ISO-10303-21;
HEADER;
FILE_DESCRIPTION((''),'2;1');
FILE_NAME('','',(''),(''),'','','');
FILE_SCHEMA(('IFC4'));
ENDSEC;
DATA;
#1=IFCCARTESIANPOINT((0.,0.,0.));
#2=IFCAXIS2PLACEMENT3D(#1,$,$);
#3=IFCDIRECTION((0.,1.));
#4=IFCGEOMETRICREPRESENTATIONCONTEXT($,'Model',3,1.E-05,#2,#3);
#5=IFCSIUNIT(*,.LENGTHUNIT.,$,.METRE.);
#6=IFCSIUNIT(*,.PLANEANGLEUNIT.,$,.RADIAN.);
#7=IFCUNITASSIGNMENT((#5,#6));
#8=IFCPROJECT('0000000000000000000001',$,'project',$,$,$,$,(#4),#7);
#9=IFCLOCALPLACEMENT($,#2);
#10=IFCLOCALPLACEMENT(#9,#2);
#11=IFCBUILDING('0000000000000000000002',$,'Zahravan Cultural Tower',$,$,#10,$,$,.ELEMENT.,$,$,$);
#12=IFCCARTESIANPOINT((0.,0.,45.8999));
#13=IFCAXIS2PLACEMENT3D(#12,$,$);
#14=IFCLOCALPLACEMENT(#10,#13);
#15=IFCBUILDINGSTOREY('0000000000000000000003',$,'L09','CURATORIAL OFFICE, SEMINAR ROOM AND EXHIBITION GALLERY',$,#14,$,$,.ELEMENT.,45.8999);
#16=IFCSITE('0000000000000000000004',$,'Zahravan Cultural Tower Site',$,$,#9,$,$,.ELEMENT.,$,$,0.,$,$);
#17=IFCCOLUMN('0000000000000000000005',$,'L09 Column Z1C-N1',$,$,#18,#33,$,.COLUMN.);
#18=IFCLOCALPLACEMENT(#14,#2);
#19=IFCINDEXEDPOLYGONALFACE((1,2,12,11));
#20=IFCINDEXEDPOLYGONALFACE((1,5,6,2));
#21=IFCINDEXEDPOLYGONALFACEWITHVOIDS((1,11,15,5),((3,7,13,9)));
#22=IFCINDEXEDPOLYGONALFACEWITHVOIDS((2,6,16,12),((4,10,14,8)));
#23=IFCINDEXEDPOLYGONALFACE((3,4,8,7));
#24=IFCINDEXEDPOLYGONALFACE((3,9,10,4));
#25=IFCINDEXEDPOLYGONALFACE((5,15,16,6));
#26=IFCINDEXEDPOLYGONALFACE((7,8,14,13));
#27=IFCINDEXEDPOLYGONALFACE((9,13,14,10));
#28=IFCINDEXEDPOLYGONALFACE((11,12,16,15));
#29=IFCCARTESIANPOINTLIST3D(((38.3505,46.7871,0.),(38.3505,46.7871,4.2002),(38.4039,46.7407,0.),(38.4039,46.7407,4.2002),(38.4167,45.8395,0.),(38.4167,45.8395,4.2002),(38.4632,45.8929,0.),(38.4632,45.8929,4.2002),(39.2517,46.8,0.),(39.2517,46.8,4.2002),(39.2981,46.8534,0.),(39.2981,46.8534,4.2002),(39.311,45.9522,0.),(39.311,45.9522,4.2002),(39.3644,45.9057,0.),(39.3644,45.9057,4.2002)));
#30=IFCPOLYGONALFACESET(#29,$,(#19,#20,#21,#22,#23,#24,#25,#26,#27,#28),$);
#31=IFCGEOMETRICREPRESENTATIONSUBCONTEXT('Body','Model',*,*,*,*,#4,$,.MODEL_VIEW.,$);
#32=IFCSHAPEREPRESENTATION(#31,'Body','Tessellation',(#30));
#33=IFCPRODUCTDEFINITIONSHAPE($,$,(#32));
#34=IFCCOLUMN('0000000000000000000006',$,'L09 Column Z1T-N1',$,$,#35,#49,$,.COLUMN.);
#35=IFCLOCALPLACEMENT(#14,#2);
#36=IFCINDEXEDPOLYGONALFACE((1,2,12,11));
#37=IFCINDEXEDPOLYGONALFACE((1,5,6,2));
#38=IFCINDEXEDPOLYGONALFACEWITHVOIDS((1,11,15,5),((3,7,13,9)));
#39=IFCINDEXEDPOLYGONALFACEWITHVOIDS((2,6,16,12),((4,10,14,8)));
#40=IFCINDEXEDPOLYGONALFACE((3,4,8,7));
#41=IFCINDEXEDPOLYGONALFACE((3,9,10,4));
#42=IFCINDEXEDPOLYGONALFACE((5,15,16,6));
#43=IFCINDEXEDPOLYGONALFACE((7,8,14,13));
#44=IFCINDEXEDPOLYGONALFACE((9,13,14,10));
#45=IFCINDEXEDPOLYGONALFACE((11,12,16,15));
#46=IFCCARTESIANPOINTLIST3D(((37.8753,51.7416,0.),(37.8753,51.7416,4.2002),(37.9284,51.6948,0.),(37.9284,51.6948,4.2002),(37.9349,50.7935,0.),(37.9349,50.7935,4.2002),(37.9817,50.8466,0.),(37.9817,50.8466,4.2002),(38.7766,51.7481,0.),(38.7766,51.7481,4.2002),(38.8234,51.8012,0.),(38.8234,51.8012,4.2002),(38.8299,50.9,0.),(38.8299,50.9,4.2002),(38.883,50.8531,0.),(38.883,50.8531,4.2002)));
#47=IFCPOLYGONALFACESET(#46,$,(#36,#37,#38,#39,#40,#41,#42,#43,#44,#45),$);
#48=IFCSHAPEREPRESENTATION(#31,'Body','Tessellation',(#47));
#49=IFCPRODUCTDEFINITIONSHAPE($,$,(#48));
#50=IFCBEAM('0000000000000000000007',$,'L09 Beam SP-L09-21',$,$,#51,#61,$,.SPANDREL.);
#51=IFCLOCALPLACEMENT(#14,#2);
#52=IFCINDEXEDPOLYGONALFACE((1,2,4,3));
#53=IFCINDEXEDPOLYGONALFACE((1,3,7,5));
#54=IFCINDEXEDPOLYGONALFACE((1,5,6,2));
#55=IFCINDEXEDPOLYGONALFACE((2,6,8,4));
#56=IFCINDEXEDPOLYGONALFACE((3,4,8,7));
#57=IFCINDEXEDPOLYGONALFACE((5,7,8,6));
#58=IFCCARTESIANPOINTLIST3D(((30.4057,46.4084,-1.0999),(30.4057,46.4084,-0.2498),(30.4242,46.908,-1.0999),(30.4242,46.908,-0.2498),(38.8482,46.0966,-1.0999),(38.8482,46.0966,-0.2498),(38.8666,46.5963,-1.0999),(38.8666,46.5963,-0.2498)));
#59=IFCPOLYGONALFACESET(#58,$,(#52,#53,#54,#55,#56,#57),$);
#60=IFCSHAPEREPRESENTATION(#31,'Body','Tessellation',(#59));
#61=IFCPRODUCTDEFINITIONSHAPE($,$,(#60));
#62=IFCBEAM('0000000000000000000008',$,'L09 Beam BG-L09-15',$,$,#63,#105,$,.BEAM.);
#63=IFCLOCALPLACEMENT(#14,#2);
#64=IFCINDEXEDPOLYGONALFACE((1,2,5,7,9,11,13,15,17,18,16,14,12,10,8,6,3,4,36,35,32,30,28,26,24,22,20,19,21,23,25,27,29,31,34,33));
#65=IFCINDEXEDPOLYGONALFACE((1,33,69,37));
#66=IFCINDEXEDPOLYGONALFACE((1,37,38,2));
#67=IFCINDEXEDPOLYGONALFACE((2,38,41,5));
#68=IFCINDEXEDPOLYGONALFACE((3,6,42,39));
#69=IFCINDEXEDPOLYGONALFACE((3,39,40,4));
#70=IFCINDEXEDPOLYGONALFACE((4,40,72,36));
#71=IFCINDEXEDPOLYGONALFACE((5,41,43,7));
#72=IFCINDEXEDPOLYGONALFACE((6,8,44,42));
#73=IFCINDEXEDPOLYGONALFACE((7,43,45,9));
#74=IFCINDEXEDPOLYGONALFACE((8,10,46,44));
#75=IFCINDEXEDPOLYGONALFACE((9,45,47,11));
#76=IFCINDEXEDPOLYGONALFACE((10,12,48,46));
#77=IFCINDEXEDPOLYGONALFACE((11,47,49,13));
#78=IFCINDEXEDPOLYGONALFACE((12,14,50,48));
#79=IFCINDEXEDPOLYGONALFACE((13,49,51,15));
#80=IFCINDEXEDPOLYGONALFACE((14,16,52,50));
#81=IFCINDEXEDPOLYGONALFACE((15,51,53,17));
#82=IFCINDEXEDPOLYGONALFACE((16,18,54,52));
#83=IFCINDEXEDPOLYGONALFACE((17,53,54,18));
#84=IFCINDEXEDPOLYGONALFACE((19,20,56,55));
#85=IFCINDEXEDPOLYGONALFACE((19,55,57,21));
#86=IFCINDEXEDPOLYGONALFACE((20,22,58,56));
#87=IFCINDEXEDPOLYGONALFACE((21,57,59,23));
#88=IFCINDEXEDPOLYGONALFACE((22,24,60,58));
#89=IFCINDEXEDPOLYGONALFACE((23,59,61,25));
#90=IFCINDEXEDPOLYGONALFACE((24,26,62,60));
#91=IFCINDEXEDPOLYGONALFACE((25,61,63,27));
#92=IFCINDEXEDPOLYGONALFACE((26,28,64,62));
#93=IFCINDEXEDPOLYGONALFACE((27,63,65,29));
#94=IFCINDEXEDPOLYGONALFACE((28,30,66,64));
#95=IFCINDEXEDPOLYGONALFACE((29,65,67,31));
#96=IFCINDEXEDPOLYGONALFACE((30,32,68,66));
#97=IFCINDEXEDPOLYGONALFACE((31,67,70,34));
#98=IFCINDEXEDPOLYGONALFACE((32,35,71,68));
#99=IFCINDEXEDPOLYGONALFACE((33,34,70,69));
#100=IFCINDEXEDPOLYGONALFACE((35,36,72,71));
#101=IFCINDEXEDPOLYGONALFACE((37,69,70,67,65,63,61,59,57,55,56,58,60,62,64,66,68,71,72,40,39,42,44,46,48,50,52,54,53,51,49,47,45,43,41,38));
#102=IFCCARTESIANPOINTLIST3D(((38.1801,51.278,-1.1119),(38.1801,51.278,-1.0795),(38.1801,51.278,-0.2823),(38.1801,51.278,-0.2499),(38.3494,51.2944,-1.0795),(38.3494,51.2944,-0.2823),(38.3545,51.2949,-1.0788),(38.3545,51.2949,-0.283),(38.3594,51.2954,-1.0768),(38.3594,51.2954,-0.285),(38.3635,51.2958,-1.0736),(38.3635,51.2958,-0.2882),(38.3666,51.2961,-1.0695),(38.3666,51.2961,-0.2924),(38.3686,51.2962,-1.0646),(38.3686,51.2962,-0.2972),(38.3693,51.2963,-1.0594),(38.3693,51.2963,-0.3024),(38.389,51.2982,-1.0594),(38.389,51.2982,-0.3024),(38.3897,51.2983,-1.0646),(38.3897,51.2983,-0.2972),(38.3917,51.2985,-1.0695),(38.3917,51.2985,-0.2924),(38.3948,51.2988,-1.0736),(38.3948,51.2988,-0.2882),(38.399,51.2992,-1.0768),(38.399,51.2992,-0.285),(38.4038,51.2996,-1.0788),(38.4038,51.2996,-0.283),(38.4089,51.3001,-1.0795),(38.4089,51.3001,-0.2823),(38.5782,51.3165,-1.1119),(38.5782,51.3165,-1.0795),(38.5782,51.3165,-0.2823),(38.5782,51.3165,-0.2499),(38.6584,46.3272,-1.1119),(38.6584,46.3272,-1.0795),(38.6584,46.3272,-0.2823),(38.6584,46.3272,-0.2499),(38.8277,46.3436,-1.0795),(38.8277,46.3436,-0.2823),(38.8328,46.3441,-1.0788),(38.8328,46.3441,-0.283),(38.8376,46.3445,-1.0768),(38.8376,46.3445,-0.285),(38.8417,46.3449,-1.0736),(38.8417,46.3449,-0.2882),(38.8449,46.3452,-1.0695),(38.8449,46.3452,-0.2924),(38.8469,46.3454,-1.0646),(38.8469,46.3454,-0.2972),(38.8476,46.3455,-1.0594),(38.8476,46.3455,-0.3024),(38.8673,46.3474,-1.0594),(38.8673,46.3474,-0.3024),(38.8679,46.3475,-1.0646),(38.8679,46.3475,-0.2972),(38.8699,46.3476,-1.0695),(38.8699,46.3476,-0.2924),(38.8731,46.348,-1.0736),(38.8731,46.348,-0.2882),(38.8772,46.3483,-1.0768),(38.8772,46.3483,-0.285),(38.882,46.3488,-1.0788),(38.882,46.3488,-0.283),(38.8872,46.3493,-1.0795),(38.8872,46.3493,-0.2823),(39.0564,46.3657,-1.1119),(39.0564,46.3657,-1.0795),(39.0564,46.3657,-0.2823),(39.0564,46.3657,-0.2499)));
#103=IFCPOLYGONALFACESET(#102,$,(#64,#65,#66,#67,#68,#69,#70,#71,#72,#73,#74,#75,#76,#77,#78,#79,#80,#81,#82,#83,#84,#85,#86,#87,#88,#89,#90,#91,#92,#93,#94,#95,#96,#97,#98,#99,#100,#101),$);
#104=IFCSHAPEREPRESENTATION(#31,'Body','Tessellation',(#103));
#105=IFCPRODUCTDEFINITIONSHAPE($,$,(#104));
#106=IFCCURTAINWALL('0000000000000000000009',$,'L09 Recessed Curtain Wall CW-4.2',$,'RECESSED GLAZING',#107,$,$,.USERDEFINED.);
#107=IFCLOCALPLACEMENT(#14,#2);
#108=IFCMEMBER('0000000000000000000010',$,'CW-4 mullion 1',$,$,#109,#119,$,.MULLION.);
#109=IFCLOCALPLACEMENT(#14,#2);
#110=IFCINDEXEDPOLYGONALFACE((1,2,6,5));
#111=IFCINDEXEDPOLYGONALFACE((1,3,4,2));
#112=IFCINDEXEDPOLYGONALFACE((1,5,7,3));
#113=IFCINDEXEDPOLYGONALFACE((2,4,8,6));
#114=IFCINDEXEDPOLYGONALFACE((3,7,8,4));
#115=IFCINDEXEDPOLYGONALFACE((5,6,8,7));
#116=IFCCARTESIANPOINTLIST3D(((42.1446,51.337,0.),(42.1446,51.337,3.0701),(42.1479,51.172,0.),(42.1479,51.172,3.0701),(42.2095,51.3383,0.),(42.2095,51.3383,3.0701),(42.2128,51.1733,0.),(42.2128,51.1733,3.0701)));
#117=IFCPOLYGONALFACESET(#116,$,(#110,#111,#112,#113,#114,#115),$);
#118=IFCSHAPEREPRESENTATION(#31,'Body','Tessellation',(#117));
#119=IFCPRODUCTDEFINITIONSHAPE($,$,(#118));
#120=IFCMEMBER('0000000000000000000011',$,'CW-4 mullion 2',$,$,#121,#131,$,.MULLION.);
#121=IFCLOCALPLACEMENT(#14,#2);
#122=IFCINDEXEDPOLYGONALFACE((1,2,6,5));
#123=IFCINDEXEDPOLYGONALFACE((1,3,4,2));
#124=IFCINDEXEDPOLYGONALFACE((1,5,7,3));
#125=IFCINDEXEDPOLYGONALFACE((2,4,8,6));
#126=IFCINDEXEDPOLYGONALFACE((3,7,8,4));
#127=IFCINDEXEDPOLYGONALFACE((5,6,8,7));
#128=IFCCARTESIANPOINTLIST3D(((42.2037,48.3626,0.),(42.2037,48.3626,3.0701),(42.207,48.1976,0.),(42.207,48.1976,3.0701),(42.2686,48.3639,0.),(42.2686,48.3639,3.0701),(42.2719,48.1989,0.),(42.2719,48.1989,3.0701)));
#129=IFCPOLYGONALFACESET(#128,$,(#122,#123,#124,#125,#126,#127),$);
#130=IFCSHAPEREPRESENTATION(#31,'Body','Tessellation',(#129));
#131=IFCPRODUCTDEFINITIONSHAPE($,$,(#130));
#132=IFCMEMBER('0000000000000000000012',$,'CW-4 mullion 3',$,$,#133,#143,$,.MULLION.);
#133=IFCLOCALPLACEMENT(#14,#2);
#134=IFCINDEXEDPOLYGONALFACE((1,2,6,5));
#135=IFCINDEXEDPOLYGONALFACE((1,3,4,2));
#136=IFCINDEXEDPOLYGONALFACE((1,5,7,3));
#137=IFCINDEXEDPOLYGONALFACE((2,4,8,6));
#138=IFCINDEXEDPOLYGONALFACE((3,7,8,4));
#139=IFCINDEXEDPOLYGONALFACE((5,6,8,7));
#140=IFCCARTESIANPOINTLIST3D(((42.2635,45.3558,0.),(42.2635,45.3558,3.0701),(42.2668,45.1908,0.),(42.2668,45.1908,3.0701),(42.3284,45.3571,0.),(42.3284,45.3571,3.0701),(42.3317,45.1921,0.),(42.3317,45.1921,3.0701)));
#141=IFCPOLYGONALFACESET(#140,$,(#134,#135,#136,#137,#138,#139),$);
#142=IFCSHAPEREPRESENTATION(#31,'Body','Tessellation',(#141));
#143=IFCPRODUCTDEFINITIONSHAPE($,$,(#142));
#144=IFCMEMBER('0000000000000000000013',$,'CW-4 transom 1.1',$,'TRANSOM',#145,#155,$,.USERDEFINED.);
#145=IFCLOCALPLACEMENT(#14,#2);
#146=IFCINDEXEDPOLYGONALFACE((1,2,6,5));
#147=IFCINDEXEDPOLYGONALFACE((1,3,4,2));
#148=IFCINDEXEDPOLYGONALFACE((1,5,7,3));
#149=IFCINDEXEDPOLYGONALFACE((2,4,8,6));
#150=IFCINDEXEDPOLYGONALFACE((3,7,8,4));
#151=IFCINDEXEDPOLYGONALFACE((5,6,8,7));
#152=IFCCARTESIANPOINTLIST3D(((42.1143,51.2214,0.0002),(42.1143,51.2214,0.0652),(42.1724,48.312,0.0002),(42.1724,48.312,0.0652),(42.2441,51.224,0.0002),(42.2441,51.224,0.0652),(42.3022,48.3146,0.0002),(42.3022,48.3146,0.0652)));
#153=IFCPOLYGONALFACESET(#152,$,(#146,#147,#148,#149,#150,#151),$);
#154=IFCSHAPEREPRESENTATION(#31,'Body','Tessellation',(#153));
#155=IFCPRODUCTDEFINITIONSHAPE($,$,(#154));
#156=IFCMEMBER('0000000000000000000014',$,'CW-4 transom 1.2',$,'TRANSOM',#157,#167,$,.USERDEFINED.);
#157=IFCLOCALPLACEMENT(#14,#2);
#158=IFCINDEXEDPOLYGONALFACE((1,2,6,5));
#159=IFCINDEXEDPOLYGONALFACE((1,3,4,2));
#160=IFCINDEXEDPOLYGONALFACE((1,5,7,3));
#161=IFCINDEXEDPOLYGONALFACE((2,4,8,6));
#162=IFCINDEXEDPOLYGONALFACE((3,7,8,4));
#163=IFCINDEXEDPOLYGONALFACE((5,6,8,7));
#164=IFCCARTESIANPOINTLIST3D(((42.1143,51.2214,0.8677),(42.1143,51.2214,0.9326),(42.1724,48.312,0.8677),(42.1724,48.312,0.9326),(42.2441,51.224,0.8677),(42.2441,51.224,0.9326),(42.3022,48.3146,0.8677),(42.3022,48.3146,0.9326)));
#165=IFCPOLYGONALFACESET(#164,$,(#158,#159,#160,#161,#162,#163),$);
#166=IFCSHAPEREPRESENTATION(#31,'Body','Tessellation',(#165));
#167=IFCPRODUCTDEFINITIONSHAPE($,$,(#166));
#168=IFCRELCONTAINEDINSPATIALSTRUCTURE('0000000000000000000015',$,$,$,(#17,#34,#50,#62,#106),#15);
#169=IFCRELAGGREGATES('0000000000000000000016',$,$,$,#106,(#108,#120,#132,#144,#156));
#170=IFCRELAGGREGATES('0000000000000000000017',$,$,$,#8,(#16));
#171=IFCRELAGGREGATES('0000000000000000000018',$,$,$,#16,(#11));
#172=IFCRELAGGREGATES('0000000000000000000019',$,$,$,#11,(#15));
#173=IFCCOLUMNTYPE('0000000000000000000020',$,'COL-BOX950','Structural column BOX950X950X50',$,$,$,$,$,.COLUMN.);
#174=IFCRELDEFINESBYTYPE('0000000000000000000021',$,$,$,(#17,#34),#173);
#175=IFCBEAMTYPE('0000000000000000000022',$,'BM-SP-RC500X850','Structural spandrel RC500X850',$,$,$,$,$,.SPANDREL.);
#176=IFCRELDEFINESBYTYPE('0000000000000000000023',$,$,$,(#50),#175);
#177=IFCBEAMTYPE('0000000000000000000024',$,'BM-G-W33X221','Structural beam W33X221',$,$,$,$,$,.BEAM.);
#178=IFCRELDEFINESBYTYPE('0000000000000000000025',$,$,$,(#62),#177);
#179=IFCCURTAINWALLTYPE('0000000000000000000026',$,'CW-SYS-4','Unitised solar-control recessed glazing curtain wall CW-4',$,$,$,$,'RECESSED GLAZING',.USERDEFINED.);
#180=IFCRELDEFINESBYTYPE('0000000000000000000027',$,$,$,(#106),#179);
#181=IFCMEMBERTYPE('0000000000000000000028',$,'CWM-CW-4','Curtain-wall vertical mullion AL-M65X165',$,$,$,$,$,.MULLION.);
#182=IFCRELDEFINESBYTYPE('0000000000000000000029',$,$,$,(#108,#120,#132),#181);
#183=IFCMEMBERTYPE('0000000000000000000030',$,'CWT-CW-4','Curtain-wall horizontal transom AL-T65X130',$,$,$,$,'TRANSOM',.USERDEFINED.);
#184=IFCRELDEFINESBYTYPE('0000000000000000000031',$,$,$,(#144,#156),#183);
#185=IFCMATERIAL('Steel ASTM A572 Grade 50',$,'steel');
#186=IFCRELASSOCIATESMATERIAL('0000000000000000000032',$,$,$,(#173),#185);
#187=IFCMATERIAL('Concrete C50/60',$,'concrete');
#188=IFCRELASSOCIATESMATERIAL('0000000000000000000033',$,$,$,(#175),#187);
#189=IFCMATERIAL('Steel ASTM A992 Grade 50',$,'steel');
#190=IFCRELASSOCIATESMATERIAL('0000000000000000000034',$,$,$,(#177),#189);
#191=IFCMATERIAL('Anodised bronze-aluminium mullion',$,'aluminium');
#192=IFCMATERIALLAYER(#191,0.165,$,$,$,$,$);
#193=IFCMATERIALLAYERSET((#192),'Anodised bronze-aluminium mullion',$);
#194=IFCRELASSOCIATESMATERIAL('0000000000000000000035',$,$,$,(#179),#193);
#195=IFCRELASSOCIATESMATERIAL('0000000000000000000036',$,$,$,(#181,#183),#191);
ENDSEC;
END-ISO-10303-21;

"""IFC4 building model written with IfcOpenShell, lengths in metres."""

from ifc_helpers import new_model, si_unit, direction, frame, origin, origin_2d, place, context, subcontext, project, spatial, rectangle, hollow_rectangle, i_section, extrude, source, transform, mapped, material, layer, layer_set, material_profile, profile_set, type_object, element, aggregate, save


model = new_model("IFC4")

# Units and contexts
model_context = context("Model", 3, precision=1e-05, world=origin(), true_north=direction((0.0, 1.0)))
body_context = subcontext(model_context, "Body", "Model", "MODEL_VIEW")
ifc_project = project(units=[si_unit("LENGTHUNIT", "METRE"), si_unit("PLANEANGLEUNIT", "RADIAN")], contexts=[model_context])

# Site, building, storey
site_placement = place(None, origin())
site = spatial("IfcSite", under=ifc_project, at=site_placement, Name="Zahravan Cultural Tower Site", CompositionType="ELEMENT", RefElevation=0.0)
building_placement = place(site_placement, origin())
building = spatial("IfcBuilding", under=site, at=building_placement, Name="Zahravan Cultural Tower", CompositionType="ELEMENT")
storey_placement = place(building_placement, frame((0.0, 0.0, 45.8999)))
storey = spatial("IfcBuildingStorey", under=building, at=storey_placement, Name="L09", Description="CURATORIAL OFFICE, SEMINAR ROOM AND EXHIBITION GALLERY", CompositionType="ELEMENT", Elevation=45.8999)

# Columns
ifc_material_1 = material(Name="Steel ASTM A572 Grade 50", Category="steel")
ifc_material_profile_1 = material_profile(ifc_material_1, hollow_rectangle(XDim=0.95, YDim=0.95, WallThickness=0.05, at=origin_2d()), Name="BOX950X950X50")
ifc_profile_set_1 = profile_set([ifc_material_profile_1], Name="Steel ASTM A572 Grade 50")
column_type = type_object("IfcColumnType", Name="COL-BOX950", Description="Structural column BOX950X950X50", PredefinedType="COLUMN", material=ifc_profile_set_1)
shared_shape_1 = source(origin(), body_context, "Body", "SweptSolid", [
    extrude(hollow_rectangle(XDim=0.95, YDim=0.95, WallThickness=0.05, at=origin_2d()), origin(), (0.0, 0.0, 1.0), 4.2002),
])
for number, where, z_axis, x_axis, name in (
    (1, (38.8574, 46.3464, 0.0), (0.0, 0.0, 1.0), (-0.069756, 0.997564, 0.0), "L09 Column Z1C-N1"),
    (2, (38.3792, 51.2974, 0.0), (0.0, 0.0, 1.0), (-0.062791, 0.998027, 0.0), "L09 Column Z1T-N1"),
):
    element("IfcColumn", number, at=place(storey_placement, frame(where, z_axis=z_axis, x_axis=x_axis)), inside=storey, type_object=column_type, Name=name, PredefinedType="COLUMN", context=body_context, shape_type="MappedRepresentation", body=[
        mapped(shared_shape_1, transform((0.0, 0.0, 0.0), x_axis=(1.0, 0.0, 0.0), y_axis=(0.0, 1.0, 0.0), z_axis=(0.0, 0.0, 1.0), scale=1.0)),
    ])

# Beams
ifc_material_2 = material(Name="Concrete C50/60", Category="concrete")
ifc_material_profile_2 = material_profile(ifc_material_2, rectangle(XDim=0.5, YDim=0.8501, at=origin_2d()), Name="RC500X850")
ifc_profile_set_2 = profile_set([ifc_material_profile_2], Name="Concrete C50/60")
beam_type_1 = type_object("IfcBeamType", Name="BM-SP-RC500X850", Description="Structural spandrel RC500X850", PredefinedType="SPANDREL", material=ifc_profile_set_2)
shared_shape_2 = source(origin(), body_context, "Body", "SweptSolid", [
    extrude(rectangle(XDim=0.5, YDim=0.8501, at=origin_2d()), origin(), (0.0, 0.0, 1.0), 8.4482),
])
beam_1_placement = place(storey_placement, frame((38.8574, 46.3464, -0.6748), z_axis=(-0.999319, 0.036904, 0.0), x_axis=(-0.036904, -0.999319, 0.0)))
element("IfcBeam", 3, at=beam_1_placement, inside=storey, type_object=beam_type_1, Name="L09 Beam SP-L09-21", PredefinedType="SPANDREL", context=body_context, shape_type="MappedRepresentation", body=[
    mapped(shared_shape_2, transform((0.0, 0.0, 0.0), x_axis=(1.0, 0.0, 0.0), y_axis=(0.0, 1.0, 0.0), z_axis=(0.0, 0.0, 1.0), scale=1.0)),
])
ifc_material_3 = material(Name="Steel ASTM A992 Grade 50", Category="steel")
ifc_material_profile_3 = material_profile(ifc_material_3, i_section(OverallWidth=0.3999, OverallDepth=0.8621, WebThickness=0.0198, FlangeThickness=0.0325, FilletRadius=0.02, at=origin_2d()), Name="W33X221")
ifc_profile_set_3 = profile_set([ifc_material_profile_3], Name="Steel ASTM A992 Grade 50")
beam_type_2 = type_object("IfcBeamType", Name="BM-G-W33X221", Description="Structural beam W33X221", PredefinedType="BEAM", material=ifc_profile_set_3)
shared_shape_3 = source(origin(), body_context, "Body", "SweptSolid", [
    extrude(i_section(OverallWidth=0.3999, OverallDepth=0.8621, WebThickness=0.0198, FlangeThickness=0.0325, FilletRadius=0.02, at=origin_2d()), origin(), (0.0, 0.0, 1.0), 4.9739),
])
beam_2_placement = place(storey_placement, frame((38.8574, 46.3464, -0.6809), z_axis=(-0.096155, 0.995366, 0.0), x_axis=(-0.995366, -0.096155, 0.0)))
element("IfcBeam", 4, at=beam_2_placement, inside=storey, type_object=beam_type_2, Name="L09 Beam BG-L09-15", PredefinedType="BEAM", context=body_context, shape_type="MappedRepresentation", body=[
    mapped(shared_shape_3, transform((0.0, 0.0, 0.0), x_axis=(1.0, 0.0, 0.0), y_axis=(0.0, 1.0, 0.0), z_axis=(0.0, 0.0, 1.0), scale=1.0)),
])

# Curtain wall, members
ifc_material_4 = material(Name="Anodised bronze-aluminium mullion", Category="aluminium")
ifc_layer_1 = layer(ifc_material_4, 0.165)
ifc_layer_set_1 = layer_set([ifc_layer_1], Name="Anodised bronze-aluminium mullion")
curtain_wall_type = type_object("IfcCurtainWallType", Name="CW-SYS-4", Description="Unitised solar-control recessed glazing curtain wall CW-4", ElementType="RECESSED GLAZING", PredefinedType="USERDEFINED", material=ifc_layer_set_1)
curtain_wall_placement = place(storey_placement, origin())
curtain_wall = element("IfcCurtainWall", 5, at=curtain_wall_placement, inside=storey, type_object=curtain_wall_type, Name="L09 Recessed Curtain Wall CW-4.2", ObjectType="RECESSED GLAZING", PredefinedType="USERDEFINED")
ifc_material_profile_4 = material_profile(ifc_material_4, rectangle(XDim=0.0649, YDim=0.165, at=origin_2d()), Name="AL-M65X165")
ifc_profile_set_4 = profile_set([ifc_material_profile_4], Name="Anodised bronze-aluminium mullion")
member_type_1 = type_object("IfcMemberType", Name="CWM-CW-4", Description="Curtain-wall vertical mullion AL-M65X165", PredefinedType="MULLION", material=ifc_profile_set_4)
shared_shape_4 = source(origin(), body_context, "Body", "SweptSolid", [
    extrude(rectangle(XDim=0.0649, YDim=0.165, at=origin_2d()), origin(), (0.0, 0.0, 1.0), 3.0701),
])
member_1_placement = place(storey_placement, frame((42.1787, 51.2551, 0.0), z_axis=(0.0, 0.0, 1.0), x_axis=(0.999802, 0.0199, 0.0)))
member_1 = element("IfcMember", 6, at=member_1_placement, type_object=member_type_1, Name="CW-4 mullion 1", PredefinedType="MULLION", context=body_context, shape_type="MappedRepresentation", body=[
    mapped(shared_shape_4, transform((0.0, 0.0, 0.0), x_axis=(1.0, 0.0, 0.0), y_axis=(0.0, 1.0, 0.0), z_axis=(0.0, 0.0, 1.0), scale=1.0)),
])
member_2_placement = place(storey_placement, frame((42.2378, 48.2808, 0.0), z_axis=(0.0, 0.0, 1.0), x_axis=(0.999802, 0.0199, 0.0)))
member_2 = element("IfcMember", 7, at=member_2_placement, type_object=member_type_1, Name="CW-4 mullion 2", PredefinedType="MULLION", context=body_context, shape_type="MappedRepresentation", body=[
    mapped(shared_shape_4, transform((0.0, 0.0, 0.0), x_axis=(1.0, 0.0, 0.0), y_axis=(0.0, 1.0, 0.0), z_axis=(0.0, 0.0, 1.0), scale=1.0)),
])
member_3_placement = place(storey_placement, frame((42.2976, 45.2739, 0.0), z_axis=(0.0, 0.0, 1.0), x_axis=(0.999802, 0.0199, 0.0)))
member_3 = element("IfcMember", 8, at=member_3_placement, type_object=member_type_1, Name="CW-4 mullion 3", PredefinedType="MULLION", context=body_context, shape_type="MappedRepresentation", body=[
    mapped(shared_shape_4, transform((0.0, 0.0, 0.0), x_axis=(1.0, 0.0, 0.0), y_axis=(0.0, 1.0, 0.0), z_axis=(0.0, 0.0, 1.0), scale=1.0)),
])
ifc_material_profile_5 = material_profile(ifc_material_4, rectangle(XDim=0.1299, YDim=0.0649, at=origin_2d()), Name="AL-T65X130")
ifc_profile_set_5 = profile_set([ifc_material_profile_5], Name="Anodised bronze-aluminium mullion")
member_type_2 = type_object("IfcMemberType", Name="CWT-CW-4", Description="Curtain-wall horizontal transom AL-T65X130", ElementType="TRANSOM", PredefinedType="USERDEFINED", material=ifc_profile_set_5)
shared_shape_5 = source(origin(), body_context, "Body", "SweptSolid", [
    extrude(rectangle(XDim=0.1299, YDim=0.0649, at=origin_2d()), origin(), (0.0, 0.0, 1.0), 2.9099),
])
member_4_placement = place(storey_placement, frame((42.1792, 51.2227, 0.0327), z_axis=(0.019967, -0.999801, 0.0), x_axis=(0.999801, 0.019967, 0.0)))
member_4 = element("IfcMember", 9, at=member_4_placement, type_object=member_type_2, Name="CW-4 transom 1.1", ObjectType="TRANSOM", PredefinedType="USERDEFINED", context=body_context, shape_type="MappedRepresentation", body=[
    mapped(shared_shape_5, transform((0.0, 0.0, 0.0), x_axis=(1.0, 0.0, 0.0), y_axis=(0.0, 1.0, 0.0), z_axis=(0.0, 0.0, 1.0), scale=1.0)),
])
member_5_placement = place(storey_placement, frame((42.1792, 51.2227, 0.9001), z_axis=(0.019967, -0.999801, 0.0), x_axis=(0.999801, 0.019967, 0.0)))
member_5 = element("IfcMember", 10, at=member_5_placement, type_object=member_type_2, Name="CW-4 transom 1.2", ObjectType="TRANSOM", PredefinedType="USERDEFINED", context=body_context, shape_type="MappedRepresentation", body=[
    mapped(shared_shape_5, transform((0.0, 0.0, 0.0), x_axis=(1.0, 0.0, 0.0), y_axis=(0.0, 1.0, 0.0), z_axis=(0.0, 0.0, 1.0), scale=1.0)),
])
aggregate(curtain_wall, [member_1, member_2, member_3, member_4, member_5])

save(model, "model.ifc")
